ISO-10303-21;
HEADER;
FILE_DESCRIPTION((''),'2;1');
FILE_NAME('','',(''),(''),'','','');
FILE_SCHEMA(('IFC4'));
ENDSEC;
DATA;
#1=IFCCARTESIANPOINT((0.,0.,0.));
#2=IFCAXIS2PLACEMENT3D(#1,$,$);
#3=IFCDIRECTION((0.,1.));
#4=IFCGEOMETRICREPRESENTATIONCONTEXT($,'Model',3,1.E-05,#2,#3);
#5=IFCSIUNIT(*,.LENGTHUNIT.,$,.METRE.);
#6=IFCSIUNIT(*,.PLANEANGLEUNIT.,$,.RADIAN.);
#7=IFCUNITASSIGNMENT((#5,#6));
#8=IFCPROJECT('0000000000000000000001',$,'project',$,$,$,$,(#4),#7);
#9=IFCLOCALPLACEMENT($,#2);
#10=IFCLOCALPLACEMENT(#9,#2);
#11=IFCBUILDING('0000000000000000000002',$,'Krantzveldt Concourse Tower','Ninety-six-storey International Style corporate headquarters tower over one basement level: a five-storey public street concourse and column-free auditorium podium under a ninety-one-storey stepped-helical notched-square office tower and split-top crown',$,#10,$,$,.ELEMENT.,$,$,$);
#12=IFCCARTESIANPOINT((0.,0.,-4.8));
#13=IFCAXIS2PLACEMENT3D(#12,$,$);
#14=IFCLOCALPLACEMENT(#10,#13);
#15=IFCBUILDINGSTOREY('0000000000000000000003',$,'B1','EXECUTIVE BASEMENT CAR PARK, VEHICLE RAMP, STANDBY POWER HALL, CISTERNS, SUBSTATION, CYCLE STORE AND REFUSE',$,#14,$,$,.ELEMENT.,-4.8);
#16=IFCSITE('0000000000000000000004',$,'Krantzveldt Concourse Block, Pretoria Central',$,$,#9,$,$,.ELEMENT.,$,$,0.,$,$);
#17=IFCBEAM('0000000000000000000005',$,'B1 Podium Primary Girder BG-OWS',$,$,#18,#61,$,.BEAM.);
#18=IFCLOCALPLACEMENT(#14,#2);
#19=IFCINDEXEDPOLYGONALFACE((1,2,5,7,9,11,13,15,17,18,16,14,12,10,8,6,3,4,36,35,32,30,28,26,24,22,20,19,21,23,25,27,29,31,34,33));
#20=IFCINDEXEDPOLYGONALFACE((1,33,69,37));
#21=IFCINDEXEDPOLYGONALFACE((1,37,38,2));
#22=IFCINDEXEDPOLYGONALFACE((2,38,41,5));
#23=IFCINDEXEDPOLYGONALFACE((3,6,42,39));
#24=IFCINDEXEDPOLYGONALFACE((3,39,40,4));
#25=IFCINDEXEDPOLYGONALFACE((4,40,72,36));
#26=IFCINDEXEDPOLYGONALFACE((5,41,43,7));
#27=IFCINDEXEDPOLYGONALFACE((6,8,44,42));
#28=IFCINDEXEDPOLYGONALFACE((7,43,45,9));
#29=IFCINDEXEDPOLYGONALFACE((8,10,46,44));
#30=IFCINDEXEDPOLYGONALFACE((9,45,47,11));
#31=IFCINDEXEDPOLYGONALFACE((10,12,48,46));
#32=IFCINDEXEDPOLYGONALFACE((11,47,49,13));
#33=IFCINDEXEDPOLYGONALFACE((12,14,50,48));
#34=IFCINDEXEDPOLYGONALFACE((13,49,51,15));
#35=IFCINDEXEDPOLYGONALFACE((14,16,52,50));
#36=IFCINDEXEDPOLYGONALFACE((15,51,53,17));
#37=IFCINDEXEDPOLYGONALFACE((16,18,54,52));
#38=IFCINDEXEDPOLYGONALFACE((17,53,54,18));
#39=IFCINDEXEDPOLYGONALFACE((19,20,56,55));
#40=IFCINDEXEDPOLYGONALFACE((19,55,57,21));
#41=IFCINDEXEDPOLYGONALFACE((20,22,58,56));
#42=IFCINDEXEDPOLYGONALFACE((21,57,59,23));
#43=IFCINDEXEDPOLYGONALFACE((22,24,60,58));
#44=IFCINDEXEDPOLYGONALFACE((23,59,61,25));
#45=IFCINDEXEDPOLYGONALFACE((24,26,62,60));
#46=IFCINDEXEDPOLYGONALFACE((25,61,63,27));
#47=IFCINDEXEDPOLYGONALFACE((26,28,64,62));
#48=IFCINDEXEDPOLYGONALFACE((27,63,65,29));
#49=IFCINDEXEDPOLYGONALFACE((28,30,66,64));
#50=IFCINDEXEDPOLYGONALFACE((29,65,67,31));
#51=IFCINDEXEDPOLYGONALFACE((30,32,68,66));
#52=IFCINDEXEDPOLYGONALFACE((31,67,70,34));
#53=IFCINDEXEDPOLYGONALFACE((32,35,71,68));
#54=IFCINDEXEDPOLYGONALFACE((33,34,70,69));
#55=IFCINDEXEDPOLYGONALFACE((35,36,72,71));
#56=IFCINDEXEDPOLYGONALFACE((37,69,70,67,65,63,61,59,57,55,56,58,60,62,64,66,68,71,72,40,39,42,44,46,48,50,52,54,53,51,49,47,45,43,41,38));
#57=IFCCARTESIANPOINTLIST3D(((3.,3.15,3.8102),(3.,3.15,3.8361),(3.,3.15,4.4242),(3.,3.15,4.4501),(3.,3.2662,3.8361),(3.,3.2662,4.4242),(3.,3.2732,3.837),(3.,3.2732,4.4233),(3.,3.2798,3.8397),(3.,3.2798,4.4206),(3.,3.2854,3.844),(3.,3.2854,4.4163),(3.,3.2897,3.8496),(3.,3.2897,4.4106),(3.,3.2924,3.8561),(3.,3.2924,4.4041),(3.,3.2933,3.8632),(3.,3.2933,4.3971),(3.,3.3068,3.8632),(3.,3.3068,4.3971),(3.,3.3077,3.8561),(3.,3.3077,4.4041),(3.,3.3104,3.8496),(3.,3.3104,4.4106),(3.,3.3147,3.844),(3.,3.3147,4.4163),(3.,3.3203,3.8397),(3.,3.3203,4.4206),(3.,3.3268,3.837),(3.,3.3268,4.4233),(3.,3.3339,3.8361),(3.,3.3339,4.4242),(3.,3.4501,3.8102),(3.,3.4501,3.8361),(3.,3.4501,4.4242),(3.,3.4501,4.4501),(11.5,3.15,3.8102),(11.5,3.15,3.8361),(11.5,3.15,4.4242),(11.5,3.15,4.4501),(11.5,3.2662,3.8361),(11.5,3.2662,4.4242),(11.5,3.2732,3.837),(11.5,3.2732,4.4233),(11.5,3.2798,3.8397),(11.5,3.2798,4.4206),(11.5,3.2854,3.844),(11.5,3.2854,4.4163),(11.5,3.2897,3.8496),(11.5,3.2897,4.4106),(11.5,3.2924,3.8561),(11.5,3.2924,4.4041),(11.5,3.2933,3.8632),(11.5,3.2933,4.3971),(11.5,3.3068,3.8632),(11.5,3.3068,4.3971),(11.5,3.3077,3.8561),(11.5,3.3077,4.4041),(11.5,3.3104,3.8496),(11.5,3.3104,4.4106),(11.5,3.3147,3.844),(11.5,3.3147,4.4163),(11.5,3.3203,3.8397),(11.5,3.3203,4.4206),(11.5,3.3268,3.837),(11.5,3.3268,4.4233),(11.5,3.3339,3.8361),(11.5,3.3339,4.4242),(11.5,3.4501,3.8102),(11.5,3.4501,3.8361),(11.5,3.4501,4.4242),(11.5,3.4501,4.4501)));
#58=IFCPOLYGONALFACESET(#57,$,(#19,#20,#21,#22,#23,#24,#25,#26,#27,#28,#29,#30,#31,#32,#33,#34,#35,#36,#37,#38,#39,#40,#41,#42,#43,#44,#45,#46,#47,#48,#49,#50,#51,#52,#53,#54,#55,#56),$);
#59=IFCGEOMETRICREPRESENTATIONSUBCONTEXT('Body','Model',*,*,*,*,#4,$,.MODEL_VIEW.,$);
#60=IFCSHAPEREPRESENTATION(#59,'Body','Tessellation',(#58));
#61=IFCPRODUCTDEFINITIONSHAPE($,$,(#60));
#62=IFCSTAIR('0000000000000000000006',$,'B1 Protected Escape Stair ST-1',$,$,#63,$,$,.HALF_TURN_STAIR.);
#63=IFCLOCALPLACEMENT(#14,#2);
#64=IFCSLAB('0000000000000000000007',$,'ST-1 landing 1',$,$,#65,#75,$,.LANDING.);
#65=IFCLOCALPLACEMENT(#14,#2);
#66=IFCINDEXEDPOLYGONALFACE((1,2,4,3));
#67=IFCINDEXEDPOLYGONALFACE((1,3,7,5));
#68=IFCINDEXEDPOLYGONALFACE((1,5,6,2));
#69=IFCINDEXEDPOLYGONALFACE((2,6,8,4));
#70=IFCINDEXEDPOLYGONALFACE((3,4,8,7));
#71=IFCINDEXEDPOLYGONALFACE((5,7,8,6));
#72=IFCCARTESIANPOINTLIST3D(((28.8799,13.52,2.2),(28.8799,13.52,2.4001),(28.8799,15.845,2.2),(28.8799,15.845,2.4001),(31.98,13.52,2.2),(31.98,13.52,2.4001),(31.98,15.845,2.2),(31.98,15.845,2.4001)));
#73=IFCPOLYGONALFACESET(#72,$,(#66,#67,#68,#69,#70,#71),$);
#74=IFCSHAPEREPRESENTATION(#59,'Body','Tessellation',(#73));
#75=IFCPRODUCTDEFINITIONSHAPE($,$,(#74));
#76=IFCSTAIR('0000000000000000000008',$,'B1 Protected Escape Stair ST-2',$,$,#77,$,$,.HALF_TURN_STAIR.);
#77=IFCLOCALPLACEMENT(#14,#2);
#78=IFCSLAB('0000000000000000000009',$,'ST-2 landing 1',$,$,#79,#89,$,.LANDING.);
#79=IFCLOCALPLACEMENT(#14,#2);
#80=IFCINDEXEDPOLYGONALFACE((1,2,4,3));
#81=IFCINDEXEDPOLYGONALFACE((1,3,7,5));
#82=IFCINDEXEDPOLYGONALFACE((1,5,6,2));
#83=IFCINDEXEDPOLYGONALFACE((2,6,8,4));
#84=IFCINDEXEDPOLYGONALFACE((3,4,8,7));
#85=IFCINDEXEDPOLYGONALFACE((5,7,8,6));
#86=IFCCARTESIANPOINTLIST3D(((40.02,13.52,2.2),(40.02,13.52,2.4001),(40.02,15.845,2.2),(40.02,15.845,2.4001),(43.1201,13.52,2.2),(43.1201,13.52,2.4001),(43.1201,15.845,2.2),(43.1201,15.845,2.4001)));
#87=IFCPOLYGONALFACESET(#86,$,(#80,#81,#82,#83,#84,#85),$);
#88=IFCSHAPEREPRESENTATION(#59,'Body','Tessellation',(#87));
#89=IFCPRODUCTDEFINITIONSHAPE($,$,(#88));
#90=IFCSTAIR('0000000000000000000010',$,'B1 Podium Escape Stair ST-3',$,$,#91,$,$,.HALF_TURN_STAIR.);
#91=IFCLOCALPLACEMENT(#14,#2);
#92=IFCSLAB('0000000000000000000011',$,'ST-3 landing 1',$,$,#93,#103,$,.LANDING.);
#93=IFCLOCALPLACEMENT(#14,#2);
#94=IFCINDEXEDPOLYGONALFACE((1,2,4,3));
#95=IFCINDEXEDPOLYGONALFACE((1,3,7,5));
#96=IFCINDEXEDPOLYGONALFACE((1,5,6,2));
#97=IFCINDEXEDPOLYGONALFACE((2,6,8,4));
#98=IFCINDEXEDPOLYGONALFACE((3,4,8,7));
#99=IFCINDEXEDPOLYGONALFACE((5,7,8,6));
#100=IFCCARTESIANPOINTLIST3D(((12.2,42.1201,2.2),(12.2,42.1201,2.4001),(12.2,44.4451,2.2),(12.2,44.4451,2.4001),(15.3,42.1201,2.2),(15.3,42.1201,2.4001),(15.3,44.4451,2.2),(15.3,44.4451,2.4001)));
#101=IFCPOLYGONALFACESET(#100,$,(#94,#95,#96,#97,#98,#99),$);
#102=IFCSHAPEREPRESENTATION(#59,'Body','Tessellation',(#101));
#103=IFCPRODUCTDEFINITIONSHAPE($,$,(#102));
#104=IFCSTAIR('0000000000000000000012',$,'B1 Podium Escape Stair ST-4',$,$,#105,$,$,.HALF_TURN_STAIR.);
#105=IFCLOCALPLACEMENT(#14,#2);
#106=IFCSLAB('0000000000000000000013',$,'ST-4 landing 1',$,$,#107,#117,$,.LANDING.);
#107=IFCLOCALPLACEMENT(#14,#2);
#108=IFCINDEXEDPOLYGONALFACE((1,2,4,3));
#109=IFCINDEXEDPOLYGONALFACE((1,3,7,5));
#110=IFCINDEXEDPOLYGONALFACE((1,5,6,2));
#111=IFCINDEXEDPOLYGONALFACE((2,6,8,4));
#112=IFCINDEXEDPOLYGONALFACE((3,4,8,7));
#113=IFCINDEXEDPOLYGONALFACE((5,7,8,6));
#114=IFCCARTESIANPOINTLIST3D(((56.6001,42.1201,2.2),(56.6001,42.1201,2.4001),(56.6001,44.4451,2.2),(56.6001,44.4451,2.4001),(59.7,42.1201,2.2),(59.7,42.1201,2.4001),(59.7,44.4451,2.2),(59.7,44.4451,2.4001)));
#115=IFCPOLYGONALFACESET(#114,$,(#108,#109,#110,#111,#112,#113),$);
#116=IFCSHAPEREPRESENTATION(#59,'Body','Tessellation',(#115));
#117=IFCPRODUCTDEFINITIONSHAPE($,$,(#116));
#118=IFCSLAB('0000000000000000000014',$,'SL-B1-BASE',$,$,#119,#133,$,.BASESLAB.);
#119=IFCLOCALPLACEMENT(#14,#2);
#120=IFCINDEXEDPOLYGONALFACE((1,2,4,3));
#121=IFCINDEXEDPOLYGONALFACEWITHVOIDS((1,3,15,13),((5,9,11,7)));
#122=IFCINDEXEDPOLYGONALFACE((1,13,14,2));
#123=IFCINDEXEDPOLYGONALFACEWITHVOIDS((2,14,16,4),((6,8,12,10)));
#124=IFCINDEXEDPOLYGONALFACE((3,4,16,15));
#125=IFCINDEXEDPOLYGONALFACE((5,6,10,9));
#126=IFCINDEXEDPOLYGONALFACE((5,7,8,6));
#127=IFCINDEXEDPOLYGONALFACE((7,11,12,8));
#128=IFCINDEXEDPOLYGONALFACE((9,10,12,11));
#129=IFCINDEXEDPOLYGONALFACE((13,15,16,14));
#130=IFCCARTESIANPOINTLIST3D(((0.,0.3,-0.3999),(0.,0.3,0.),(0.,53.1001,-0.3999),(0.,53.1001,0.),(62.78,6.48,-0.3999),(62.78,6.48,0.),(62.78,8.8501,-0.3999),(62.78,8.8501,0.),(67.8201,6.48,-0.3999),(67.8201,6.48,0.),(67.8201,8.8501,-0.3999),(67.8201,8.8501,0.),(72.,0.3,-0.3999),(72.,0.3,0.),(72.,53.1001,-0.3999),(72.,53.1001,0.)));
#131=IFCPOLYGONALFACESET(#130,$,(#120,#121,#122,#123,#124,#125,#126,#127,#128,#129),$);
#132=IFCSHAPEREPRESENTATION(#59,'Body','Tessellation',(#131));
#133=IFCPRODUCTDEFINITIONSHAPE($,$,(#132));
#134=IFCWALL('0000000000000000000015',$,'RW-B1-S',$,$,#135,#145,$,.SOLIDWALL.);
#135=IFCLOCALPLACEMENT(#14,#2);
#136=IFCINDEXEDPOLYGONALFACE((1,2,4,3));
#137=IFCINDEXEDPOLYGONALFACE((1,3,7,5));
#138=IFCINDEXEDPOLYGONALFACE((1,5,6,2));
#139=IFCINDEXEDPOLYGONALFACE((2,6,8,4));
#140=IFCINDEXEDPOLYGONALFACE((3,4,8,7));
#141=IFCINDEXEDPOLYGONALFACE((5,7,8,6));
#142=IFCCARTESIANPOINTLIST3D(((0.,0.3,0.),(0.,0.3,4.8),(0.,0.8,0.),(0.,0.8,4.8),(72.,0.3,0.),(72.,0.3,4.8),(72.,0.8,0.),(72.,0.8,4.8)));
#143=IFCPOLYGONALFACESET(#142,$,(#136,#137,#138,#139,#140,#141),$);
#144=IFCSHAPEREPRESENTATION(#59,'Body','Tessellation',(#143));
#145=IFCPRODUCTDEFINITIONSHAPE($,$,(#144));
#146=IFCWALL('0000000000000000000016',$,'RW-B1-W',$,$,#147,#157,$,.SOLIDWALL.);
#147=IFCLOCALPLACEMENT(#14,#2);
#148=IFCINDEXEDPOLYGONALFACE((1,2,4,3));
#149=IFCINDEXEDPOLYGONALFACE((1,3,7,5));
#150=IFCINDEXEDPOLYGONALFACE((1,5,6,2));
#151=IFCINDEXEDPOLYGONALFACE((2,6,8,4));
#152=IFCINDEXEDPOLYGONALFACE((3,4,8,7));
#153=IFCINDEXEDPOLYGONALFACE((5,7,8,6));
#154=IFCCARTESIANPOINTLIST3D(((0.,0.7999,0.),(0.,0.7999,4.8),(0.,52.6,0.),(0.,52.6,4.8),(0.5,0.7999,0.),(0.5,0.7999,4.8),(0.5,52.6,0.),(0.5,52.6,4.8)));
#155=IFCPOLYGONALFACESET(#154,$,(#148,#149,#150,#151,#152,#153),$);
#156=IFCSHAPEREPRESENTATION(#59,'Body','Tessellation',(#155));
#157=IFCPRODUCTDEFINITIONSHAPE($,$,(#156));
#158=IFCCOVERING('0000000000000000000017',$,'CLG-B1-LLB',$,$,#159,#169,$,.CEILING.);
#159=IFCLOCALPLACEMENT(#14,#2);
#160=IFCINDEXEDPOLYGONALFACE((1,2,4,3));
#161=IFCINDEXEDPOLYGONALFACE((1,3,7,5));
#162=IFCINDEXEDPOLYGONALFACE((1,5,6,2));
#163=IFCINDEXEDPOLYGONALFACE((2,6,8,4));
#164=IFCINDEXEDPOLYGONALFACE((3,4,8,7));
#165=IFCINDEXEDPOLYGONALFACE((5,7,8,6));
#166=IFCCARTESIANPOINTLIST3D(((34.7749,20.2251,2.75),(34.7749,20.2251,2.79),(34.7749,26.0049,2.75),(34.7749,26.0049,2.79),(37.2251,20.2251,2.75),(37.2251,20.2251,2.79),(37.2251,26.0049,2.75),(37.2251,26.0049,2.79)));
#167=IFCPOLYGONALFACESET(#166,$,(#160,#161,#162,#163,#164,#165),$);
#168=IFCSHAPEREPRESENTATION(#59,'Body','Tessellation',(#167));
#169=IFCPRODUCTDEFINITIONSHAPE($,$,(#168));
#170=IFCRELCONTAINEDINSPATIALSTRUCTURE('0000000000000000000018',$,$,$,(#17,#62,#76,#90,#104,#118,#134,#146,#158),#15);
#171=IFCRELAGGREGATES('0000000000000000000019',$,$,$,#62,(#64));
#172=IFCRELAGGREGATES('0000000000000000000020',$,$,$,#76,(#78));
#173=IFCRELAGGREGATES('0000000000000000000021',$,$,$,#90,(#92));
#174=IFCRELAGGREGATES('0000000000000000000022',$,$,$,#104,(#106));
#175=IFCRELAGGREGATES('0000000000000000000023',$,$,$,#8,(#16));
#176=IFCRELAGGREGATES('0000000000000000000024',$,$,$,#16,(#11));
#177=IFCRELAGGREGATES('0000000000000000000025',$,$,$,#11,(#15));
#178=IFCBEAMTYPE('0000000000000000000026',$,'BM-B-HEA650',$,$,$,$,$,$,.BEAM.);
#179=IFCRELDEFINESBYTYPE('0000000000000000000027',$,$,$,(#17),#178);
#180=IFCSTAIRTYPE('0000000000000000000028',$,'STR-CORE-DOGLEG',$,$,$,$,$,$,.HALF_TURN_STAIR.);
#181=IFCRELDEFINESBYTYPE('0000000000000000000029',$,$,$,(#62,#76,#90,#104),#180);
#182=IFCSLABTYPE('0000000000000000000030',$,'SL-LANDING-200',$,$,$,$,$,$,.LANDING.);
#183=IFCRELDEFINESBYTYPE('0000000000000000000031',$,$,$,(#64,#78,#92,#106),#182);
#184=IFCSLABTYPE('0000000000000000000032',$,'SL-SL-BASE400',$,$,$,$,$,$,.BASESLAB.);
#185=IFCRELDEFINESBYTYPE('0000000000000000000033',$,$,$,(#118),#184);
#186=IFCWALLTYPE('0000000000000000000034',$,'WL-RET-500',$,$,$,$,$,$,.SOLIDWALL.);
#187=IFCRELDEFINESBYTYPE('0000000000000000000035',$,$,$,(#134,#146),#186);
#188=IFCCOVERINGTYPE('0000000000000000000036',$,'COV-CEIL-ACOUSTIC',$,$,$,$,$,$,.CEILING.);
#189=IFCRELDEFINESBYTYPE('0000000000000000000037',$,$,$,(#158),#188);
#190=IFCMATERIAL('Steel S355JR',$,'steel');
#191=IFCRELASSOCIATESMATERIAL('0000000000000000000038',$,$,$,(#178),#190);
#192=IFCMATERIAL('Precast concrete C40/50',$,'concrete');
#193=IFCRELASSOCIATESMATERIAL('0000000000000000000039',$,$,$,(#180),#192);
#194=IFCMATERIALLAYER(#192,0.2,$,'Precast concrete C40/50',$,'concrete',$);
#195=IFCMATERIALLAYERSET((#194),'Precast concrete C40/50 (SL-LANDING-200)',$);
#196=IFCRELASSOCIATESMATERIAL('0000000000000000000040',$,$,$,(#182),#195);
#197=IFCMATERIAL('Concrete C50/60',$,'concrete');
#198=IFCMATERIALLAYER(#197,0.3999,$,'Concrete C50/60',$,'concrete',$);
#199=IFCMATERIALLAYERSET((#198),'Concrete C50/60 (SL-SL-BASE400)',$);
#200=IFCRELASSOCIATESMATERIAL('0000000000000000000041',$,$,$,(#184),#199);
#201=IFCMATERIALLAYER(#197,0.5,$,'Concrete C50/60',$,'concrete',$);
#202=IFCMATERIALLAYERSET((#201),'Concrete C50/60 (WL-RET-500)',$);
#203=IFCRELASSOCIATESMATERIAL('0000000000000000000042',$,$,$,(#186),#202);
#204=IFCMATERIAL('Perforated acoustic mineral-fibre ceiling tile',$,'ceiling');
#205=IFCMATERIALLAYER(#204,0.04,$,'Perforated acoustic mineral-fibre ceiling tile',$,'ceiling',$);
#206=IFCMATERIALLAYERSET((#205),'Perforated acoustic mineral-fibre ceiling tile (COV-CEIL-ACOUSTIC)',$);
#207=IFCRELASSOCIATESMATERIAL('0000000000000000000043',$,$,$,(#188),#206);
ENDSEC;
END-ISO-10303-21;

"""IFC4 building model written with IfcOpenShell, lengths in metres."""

from ifc_helpers import new_model, si_unit, direction, frame, frame_2d, origin, origin_2d, place, context, subcontext, project, spatial, polyline, rectangle, i_section, outline, extrude, source, transform, mapped, material, layer, layer_set, material_profile, profile_set, type_object, element, aggregate, save


model = new_model("IFC4")

# Units and contexts
model_context = context("Model", 3, precision=1e-05, world=origin(), true_north=direction((0.0, 1.0)))
body_context = subcontext(model_context, "Body", "Model", "MODEL_VIEW")
ifc_project = project(units=[si_unit("LENGTHUNIT", "METRE"), si_unit("PLANEANGLEUNIT", "RADIAN")], contexts=[model_context])

# Site, building, storey
site_placement = place(None, origin())
site = spatial("IfcSite", under=ifc_project, at=site_placement, Name="Krantzveldt Concourse Block, Pretoria Central", CompositionType="ELEMENT", RefElevation=0.0)
building_placement = place(site_placement, origin())
building = spatial("IfcBuilding", under=site, at=building_placement, Name="Krantzveldt Concourse Tower", Description="Ninety-six-storey International Style corporate headquarters tower over one basement level: a five-storey public street concourse and column-free auditorium podium under a ninety-one-storey stepped-helical notched-square office tower and split-top crown", CompositionType="ELEMENT")
storey_placement = place(building_placement, frame((0.0, 0.0, -4.8)))
storey = spatial("IfcBuildingStorey", under=building, at=storey_placement, Name="B1", Description="EXECUTIVE BASEMENT CAR PARK, VEHICLE RAMP, STANDBY POWER HALL, CISTERNS, SUBSTATION, CYCLE STORE AND REFUSE", CompositionType="ELEMENT", Elevation=-4.8)

# Shared definitions
ifc_material_1 = material(Name="Concrete C50/60", Category="concrete")

# Beam
ifc_material_2 = material(Name="Steel S355JR", Category="steel")
ifc_material_profile_1 = material_profile(ifc_material_2, i_section(OverallWidth=0.3, OverallDepth=0.6399, WebThickness=0.0134, FlangeThickness=0.0259, FilletRadius=0.0271, at=origin_2d()), Name="Steel S355JR", Category="steel")
ifc_profile_set_1 = profile_set([ifc_material_profile_1], Name="Steel S355JR - HEA 650")
beam_type_1 = type_object("IfcBeamType", Name="BM-B-HEA650", PredefinedType="BEAM", material=ifc_profile_set_1)
shared_shape_1 = source(origin(), body_context, "Body", "SweptSolid", [
    extrude(i_section(OverallWidth=0.3, OverallDepth=0.6399, WebThickness=0.0134, FlangeThickness=0.0259, FilletRadius=0.0271, at=origin_2d()), origin(), (0.0, 0.0, 1.0), 8.5),
])
beam_1_placement = place(storey_placement, frame((3.0, 3.3, 4.1301), z_axis=(1.0, 0.0, 0.0), x_axis=(0.0, 1.0, 0.0)))
element("IfcBeam", 1, at=beam_1_placement, inside=storey, type_object=beam_type_1, Name="B1 Podium Primary Girder BG-OWS", PredefinedType="BEAM", context=body_context, shape_type="MappedRepresentation", body=[
    mapped(shared_shape_1, transform((0.0, 0.0, 0.0), x_axis=(1.0, 0.0, 0.0), y_axis=(0.0, 1.0, 0.0), z_axis=(0.0, 0.0, 1.0), scale=1.0)),
])

# Stairs, slabs
ifc_material_3 = material(Name="Precast concrete C40/50", Category="concrete")
stair_type = type_object("IfcStairType", Name="STR-CORE-DOGLEG", PredefinedType="HALF_TURN_STAIR", material=ifc_material_3)
stair_1_placement = place(storey_placement, origin())
stair_1 = element("IfcStair", 2, at=stair_1_placement, inside=storey, type_object=stair_type, Name="B1 Protected Escape Stair ST-1", PredefinedType="HALF_TURN_STAIR")
ifc_layer_1 = layer(ifc_material_3, 0.2, Name="Precast concrete C40/50", Category="concrete")
ifc_layer_set_1 = layer_set([ifc_layer_1], Name="Precast concrete C40/50 (SL-LANDING-200)")
slab_type_1 = type_object("IfcSlabType", Name="SL-LANDING-200", PredefinedType="LANDING", material=ifc_layer_set_1)
slab_1_placement = place(storey_placement, frame((0.0, 0.0, 2.2)))
slab_1 = element("IfcSlab", 3, at=slab_1_placement, type_object=slab_type_1, Name="ST-1 landing 1", PredefinedType="LANDING", context=body_context, shape_type="SweptSolid", body=[
    extrude(outline(polyline([(28.8799, 15.845), (28.8799, 13.52), (31.98, 13.52), (31.98, 15.845), (28.8799, 15.845)])), origin(), (0.0, 0.0, 1.0), 0.2002),
])
aggregate(stair_1, [slab_1])
stair_2_placement = place(storey_placement, origin())
stair_2 = element("IfcStair", 4, at=stair_2_placement, inside=storey, type_object=stair_type, Name="B1 Protected Escape Stair ST-2", PredefinedType="HALF_TURN_STAIR")
slab_2_placement = place(storey_placement, frame((0.0, 0.0, 2.2)))
slab_2 = element("IfcSlab", 5, at=slab_2_placement, type_object=slab_type_1, Name="ST-2 landing 1", PredefinedType="LANDING", context=body_context, shape_type="SweptSolid", body=[
    extrude(outline(polyline([(40.02, 15.845), (40.02, 13.52), (43.1201, 13.52), (43.1201, 15.845), (40.02, 15.845)])), origin(), (0.0, 0.0, 1.0), 0.2002),
])
aggregate(stair_2, [slab_2])
stair_3_placement = place(storey_placement, origin())
stair_3 = element("IfcStair", 6, at=stair_3_placement, inside=storey, type_object=stair_type, Name="B1 Podium Escape Stair ST-3", PredefinedType="HALF_TURN_STAIR")
slab_3_placement = place(storey_placement, frame((0.0, 0.0, 2.2)))
slab_3 = element("IfcSlab", 7, at=slab_3_placement, type_object=slab_type_1, Name="ST-3 landing 1", PredefinedType="LANDING", context=body_context, shape_type="SweptSolid", body=[
    extrude(outline(polyline([(12.2, 44.4451), (12.2, 42.1201), (15.3, 42.1201), (15.3, 44.4451), (12.2, 44.4451)])), origin(), (0.0, 0.0, 1.0), 0.2002),
])
aggregate(stair_3, [slab_3])
stair_4_placement = place(storey_placement, origin())
stair_4 = element("IfcStair", 8, at=stair_4_placement, inside=storey, type_object=stair_type, Name="B1 Podium Escape Stair ST-4", PredefinedType="HALF_TURN_STAIR")
slab_4_placement = place(storey_placement, frame((0.0, 0.0, 2.2)))
slab_4 = element("IfcSlab", 9, at=slab_4_placement, type_object=slab_type_1, Name="ST-4 landing 1", PredefinedType="LANDING", context=body_context, shape_type="SweptSolid", body=[
    extrude(outline(polyline([(56.6001, 44.4451), (56.6001, 42.1201), (59.7, 42.1201), (59.7, 44.4451), (56.6001, 44.4451)])), origin(), (0.0, 0.0, 1.0), 0.2002),
])
aggregate(stair_4, [slab_4])

# Slab
ifc_layer_2 = layer(ifc_material_1, 0.3999, Name="Concrete C50/60", Category="concrete")
ifc_layer_set_2 = layer_set([ifc_layer_2], Name="Concrete C50/60 (SL-SL-BASE400)")
slab_type_2 = type_object("IfcSlabType", Name="SL-SL-BASE400", PredefinedType="BASESLAB", material=ifc_layer_set_2)
slab_5_placement = place(storey_placement, frame((0.0, 0.0, -0.3999)))
element("IfcSlab", 10, at=slab_5_placement, inside=storey, type_object=slab_type_2, Name="SL-B1-BASE", PredefinedType="BASESLAB", context=body_context, shape_type="SweptSolid", body=[
    extrude(outline(polyline([(0.0, 0.3), (72.0, 0.3), (72.0, 53.1001), (0.0, 53.1001), (0.0, 0.3)]), holes=[polyline([(62.78, 6.48), (67.8201, 6.48), (67.8201, 8.8501), (62.78, 8.8501), (62.78, 6.48)])]), origin(), (0.0, 0.0, 1.0), 0.3999),
])

# Walls
ifc_layer_3 = layer(ifc_material_1, 0.5, Name="Concrete C50/60", Category="concrete")
ifc_layer_set_3 = layer_set([ifc_layer_3], Name="Concrete C50/60 (WL-RET-500)")
wall_type = type_object("IfcWallType", Name="WL-RET-500", PredefinedType="SOLIDWALL", material=ifc_layer_set_3)
wall_1_placement = place(storey_placement, frame((0.0, 0.55, 0.0), z_axis=(0.0, 0.0, 1.0), x_axis=(1.0, 0.0, 0.0)))
element("IfcWall", 11, at=wall_1_placement, inside=storey, type_object=wall_type, Name="RW-B1-S", PredefinedType="SOLIDWALL", context=body_context, shape_type="SweptSolid", body=[
    extrude(rectangle(XDim=72.0, YDim=0.5, at=frame_2d((36.0, 0.0))), origin(), (0.0, 0.0, 1.0), 4.8),
])
wall_2_placement = place(storey_placement, frame((0.25, 0.8, 0.0), z_axis=(0.0, 0.0, 1.0), x_axis=(0.0, 1.0, 0.0)))
element("IfcWall", 12, at=wall_2_placement, inside=storey, type_object=wall_type, Name="RW-B1-W", PredefinedType="SOLIDWALL", context=body_context, shape_type="SweptSolid", body=[
    extrude(rectangle(XDim=51.8, YDim=0.5, at=frame_2d((25.8999, 0.0))), origin(), (0.0, 0.0, 1.0), 4.8),
])

# Covering
ifc_material_4 = material(Name="Perforated acoustic mineral-fibre ceiling tile", Category="ceiling")
ifc_layer_4 = layer(ifc_material_4, 0.04, Name="Perforated acoustic mineral-fibre ceiling tile", Category="ceiling")
ifc_layer_set_4 = layer_set([ifc_layer_4], Name="Perforated acoustic mineral-fibre ceiling tile (COV-CEIL-ACOUSTIC)")
covering_type = type_object("IfcCoveringType", Name="COV-CEIL-ACOUSTIC", PredefinedType="CEILING", material=ifc_layer_set_4)
covering_placement = place(storey_placement, frame((0.0, 0.0, 2.75)))
element("IfcCovering", 13, at=covering_placement, inside=storey, type_object=covering_type, Name="CLG-B1-LLB", PredefinedType="CEILING", context=body_context, shape_type="SweptSolid", body=[
    extrude(outline(polyline([(34.7749, 26.0049), (37.2251, 26.0049), (37.2251, 20.2251), (34.7749, 20.2251), (34.7749, 26.0049)])), origin(), (0.0, 0.0, 1.0), 0.04),
])

save(model, "model.ifc")
